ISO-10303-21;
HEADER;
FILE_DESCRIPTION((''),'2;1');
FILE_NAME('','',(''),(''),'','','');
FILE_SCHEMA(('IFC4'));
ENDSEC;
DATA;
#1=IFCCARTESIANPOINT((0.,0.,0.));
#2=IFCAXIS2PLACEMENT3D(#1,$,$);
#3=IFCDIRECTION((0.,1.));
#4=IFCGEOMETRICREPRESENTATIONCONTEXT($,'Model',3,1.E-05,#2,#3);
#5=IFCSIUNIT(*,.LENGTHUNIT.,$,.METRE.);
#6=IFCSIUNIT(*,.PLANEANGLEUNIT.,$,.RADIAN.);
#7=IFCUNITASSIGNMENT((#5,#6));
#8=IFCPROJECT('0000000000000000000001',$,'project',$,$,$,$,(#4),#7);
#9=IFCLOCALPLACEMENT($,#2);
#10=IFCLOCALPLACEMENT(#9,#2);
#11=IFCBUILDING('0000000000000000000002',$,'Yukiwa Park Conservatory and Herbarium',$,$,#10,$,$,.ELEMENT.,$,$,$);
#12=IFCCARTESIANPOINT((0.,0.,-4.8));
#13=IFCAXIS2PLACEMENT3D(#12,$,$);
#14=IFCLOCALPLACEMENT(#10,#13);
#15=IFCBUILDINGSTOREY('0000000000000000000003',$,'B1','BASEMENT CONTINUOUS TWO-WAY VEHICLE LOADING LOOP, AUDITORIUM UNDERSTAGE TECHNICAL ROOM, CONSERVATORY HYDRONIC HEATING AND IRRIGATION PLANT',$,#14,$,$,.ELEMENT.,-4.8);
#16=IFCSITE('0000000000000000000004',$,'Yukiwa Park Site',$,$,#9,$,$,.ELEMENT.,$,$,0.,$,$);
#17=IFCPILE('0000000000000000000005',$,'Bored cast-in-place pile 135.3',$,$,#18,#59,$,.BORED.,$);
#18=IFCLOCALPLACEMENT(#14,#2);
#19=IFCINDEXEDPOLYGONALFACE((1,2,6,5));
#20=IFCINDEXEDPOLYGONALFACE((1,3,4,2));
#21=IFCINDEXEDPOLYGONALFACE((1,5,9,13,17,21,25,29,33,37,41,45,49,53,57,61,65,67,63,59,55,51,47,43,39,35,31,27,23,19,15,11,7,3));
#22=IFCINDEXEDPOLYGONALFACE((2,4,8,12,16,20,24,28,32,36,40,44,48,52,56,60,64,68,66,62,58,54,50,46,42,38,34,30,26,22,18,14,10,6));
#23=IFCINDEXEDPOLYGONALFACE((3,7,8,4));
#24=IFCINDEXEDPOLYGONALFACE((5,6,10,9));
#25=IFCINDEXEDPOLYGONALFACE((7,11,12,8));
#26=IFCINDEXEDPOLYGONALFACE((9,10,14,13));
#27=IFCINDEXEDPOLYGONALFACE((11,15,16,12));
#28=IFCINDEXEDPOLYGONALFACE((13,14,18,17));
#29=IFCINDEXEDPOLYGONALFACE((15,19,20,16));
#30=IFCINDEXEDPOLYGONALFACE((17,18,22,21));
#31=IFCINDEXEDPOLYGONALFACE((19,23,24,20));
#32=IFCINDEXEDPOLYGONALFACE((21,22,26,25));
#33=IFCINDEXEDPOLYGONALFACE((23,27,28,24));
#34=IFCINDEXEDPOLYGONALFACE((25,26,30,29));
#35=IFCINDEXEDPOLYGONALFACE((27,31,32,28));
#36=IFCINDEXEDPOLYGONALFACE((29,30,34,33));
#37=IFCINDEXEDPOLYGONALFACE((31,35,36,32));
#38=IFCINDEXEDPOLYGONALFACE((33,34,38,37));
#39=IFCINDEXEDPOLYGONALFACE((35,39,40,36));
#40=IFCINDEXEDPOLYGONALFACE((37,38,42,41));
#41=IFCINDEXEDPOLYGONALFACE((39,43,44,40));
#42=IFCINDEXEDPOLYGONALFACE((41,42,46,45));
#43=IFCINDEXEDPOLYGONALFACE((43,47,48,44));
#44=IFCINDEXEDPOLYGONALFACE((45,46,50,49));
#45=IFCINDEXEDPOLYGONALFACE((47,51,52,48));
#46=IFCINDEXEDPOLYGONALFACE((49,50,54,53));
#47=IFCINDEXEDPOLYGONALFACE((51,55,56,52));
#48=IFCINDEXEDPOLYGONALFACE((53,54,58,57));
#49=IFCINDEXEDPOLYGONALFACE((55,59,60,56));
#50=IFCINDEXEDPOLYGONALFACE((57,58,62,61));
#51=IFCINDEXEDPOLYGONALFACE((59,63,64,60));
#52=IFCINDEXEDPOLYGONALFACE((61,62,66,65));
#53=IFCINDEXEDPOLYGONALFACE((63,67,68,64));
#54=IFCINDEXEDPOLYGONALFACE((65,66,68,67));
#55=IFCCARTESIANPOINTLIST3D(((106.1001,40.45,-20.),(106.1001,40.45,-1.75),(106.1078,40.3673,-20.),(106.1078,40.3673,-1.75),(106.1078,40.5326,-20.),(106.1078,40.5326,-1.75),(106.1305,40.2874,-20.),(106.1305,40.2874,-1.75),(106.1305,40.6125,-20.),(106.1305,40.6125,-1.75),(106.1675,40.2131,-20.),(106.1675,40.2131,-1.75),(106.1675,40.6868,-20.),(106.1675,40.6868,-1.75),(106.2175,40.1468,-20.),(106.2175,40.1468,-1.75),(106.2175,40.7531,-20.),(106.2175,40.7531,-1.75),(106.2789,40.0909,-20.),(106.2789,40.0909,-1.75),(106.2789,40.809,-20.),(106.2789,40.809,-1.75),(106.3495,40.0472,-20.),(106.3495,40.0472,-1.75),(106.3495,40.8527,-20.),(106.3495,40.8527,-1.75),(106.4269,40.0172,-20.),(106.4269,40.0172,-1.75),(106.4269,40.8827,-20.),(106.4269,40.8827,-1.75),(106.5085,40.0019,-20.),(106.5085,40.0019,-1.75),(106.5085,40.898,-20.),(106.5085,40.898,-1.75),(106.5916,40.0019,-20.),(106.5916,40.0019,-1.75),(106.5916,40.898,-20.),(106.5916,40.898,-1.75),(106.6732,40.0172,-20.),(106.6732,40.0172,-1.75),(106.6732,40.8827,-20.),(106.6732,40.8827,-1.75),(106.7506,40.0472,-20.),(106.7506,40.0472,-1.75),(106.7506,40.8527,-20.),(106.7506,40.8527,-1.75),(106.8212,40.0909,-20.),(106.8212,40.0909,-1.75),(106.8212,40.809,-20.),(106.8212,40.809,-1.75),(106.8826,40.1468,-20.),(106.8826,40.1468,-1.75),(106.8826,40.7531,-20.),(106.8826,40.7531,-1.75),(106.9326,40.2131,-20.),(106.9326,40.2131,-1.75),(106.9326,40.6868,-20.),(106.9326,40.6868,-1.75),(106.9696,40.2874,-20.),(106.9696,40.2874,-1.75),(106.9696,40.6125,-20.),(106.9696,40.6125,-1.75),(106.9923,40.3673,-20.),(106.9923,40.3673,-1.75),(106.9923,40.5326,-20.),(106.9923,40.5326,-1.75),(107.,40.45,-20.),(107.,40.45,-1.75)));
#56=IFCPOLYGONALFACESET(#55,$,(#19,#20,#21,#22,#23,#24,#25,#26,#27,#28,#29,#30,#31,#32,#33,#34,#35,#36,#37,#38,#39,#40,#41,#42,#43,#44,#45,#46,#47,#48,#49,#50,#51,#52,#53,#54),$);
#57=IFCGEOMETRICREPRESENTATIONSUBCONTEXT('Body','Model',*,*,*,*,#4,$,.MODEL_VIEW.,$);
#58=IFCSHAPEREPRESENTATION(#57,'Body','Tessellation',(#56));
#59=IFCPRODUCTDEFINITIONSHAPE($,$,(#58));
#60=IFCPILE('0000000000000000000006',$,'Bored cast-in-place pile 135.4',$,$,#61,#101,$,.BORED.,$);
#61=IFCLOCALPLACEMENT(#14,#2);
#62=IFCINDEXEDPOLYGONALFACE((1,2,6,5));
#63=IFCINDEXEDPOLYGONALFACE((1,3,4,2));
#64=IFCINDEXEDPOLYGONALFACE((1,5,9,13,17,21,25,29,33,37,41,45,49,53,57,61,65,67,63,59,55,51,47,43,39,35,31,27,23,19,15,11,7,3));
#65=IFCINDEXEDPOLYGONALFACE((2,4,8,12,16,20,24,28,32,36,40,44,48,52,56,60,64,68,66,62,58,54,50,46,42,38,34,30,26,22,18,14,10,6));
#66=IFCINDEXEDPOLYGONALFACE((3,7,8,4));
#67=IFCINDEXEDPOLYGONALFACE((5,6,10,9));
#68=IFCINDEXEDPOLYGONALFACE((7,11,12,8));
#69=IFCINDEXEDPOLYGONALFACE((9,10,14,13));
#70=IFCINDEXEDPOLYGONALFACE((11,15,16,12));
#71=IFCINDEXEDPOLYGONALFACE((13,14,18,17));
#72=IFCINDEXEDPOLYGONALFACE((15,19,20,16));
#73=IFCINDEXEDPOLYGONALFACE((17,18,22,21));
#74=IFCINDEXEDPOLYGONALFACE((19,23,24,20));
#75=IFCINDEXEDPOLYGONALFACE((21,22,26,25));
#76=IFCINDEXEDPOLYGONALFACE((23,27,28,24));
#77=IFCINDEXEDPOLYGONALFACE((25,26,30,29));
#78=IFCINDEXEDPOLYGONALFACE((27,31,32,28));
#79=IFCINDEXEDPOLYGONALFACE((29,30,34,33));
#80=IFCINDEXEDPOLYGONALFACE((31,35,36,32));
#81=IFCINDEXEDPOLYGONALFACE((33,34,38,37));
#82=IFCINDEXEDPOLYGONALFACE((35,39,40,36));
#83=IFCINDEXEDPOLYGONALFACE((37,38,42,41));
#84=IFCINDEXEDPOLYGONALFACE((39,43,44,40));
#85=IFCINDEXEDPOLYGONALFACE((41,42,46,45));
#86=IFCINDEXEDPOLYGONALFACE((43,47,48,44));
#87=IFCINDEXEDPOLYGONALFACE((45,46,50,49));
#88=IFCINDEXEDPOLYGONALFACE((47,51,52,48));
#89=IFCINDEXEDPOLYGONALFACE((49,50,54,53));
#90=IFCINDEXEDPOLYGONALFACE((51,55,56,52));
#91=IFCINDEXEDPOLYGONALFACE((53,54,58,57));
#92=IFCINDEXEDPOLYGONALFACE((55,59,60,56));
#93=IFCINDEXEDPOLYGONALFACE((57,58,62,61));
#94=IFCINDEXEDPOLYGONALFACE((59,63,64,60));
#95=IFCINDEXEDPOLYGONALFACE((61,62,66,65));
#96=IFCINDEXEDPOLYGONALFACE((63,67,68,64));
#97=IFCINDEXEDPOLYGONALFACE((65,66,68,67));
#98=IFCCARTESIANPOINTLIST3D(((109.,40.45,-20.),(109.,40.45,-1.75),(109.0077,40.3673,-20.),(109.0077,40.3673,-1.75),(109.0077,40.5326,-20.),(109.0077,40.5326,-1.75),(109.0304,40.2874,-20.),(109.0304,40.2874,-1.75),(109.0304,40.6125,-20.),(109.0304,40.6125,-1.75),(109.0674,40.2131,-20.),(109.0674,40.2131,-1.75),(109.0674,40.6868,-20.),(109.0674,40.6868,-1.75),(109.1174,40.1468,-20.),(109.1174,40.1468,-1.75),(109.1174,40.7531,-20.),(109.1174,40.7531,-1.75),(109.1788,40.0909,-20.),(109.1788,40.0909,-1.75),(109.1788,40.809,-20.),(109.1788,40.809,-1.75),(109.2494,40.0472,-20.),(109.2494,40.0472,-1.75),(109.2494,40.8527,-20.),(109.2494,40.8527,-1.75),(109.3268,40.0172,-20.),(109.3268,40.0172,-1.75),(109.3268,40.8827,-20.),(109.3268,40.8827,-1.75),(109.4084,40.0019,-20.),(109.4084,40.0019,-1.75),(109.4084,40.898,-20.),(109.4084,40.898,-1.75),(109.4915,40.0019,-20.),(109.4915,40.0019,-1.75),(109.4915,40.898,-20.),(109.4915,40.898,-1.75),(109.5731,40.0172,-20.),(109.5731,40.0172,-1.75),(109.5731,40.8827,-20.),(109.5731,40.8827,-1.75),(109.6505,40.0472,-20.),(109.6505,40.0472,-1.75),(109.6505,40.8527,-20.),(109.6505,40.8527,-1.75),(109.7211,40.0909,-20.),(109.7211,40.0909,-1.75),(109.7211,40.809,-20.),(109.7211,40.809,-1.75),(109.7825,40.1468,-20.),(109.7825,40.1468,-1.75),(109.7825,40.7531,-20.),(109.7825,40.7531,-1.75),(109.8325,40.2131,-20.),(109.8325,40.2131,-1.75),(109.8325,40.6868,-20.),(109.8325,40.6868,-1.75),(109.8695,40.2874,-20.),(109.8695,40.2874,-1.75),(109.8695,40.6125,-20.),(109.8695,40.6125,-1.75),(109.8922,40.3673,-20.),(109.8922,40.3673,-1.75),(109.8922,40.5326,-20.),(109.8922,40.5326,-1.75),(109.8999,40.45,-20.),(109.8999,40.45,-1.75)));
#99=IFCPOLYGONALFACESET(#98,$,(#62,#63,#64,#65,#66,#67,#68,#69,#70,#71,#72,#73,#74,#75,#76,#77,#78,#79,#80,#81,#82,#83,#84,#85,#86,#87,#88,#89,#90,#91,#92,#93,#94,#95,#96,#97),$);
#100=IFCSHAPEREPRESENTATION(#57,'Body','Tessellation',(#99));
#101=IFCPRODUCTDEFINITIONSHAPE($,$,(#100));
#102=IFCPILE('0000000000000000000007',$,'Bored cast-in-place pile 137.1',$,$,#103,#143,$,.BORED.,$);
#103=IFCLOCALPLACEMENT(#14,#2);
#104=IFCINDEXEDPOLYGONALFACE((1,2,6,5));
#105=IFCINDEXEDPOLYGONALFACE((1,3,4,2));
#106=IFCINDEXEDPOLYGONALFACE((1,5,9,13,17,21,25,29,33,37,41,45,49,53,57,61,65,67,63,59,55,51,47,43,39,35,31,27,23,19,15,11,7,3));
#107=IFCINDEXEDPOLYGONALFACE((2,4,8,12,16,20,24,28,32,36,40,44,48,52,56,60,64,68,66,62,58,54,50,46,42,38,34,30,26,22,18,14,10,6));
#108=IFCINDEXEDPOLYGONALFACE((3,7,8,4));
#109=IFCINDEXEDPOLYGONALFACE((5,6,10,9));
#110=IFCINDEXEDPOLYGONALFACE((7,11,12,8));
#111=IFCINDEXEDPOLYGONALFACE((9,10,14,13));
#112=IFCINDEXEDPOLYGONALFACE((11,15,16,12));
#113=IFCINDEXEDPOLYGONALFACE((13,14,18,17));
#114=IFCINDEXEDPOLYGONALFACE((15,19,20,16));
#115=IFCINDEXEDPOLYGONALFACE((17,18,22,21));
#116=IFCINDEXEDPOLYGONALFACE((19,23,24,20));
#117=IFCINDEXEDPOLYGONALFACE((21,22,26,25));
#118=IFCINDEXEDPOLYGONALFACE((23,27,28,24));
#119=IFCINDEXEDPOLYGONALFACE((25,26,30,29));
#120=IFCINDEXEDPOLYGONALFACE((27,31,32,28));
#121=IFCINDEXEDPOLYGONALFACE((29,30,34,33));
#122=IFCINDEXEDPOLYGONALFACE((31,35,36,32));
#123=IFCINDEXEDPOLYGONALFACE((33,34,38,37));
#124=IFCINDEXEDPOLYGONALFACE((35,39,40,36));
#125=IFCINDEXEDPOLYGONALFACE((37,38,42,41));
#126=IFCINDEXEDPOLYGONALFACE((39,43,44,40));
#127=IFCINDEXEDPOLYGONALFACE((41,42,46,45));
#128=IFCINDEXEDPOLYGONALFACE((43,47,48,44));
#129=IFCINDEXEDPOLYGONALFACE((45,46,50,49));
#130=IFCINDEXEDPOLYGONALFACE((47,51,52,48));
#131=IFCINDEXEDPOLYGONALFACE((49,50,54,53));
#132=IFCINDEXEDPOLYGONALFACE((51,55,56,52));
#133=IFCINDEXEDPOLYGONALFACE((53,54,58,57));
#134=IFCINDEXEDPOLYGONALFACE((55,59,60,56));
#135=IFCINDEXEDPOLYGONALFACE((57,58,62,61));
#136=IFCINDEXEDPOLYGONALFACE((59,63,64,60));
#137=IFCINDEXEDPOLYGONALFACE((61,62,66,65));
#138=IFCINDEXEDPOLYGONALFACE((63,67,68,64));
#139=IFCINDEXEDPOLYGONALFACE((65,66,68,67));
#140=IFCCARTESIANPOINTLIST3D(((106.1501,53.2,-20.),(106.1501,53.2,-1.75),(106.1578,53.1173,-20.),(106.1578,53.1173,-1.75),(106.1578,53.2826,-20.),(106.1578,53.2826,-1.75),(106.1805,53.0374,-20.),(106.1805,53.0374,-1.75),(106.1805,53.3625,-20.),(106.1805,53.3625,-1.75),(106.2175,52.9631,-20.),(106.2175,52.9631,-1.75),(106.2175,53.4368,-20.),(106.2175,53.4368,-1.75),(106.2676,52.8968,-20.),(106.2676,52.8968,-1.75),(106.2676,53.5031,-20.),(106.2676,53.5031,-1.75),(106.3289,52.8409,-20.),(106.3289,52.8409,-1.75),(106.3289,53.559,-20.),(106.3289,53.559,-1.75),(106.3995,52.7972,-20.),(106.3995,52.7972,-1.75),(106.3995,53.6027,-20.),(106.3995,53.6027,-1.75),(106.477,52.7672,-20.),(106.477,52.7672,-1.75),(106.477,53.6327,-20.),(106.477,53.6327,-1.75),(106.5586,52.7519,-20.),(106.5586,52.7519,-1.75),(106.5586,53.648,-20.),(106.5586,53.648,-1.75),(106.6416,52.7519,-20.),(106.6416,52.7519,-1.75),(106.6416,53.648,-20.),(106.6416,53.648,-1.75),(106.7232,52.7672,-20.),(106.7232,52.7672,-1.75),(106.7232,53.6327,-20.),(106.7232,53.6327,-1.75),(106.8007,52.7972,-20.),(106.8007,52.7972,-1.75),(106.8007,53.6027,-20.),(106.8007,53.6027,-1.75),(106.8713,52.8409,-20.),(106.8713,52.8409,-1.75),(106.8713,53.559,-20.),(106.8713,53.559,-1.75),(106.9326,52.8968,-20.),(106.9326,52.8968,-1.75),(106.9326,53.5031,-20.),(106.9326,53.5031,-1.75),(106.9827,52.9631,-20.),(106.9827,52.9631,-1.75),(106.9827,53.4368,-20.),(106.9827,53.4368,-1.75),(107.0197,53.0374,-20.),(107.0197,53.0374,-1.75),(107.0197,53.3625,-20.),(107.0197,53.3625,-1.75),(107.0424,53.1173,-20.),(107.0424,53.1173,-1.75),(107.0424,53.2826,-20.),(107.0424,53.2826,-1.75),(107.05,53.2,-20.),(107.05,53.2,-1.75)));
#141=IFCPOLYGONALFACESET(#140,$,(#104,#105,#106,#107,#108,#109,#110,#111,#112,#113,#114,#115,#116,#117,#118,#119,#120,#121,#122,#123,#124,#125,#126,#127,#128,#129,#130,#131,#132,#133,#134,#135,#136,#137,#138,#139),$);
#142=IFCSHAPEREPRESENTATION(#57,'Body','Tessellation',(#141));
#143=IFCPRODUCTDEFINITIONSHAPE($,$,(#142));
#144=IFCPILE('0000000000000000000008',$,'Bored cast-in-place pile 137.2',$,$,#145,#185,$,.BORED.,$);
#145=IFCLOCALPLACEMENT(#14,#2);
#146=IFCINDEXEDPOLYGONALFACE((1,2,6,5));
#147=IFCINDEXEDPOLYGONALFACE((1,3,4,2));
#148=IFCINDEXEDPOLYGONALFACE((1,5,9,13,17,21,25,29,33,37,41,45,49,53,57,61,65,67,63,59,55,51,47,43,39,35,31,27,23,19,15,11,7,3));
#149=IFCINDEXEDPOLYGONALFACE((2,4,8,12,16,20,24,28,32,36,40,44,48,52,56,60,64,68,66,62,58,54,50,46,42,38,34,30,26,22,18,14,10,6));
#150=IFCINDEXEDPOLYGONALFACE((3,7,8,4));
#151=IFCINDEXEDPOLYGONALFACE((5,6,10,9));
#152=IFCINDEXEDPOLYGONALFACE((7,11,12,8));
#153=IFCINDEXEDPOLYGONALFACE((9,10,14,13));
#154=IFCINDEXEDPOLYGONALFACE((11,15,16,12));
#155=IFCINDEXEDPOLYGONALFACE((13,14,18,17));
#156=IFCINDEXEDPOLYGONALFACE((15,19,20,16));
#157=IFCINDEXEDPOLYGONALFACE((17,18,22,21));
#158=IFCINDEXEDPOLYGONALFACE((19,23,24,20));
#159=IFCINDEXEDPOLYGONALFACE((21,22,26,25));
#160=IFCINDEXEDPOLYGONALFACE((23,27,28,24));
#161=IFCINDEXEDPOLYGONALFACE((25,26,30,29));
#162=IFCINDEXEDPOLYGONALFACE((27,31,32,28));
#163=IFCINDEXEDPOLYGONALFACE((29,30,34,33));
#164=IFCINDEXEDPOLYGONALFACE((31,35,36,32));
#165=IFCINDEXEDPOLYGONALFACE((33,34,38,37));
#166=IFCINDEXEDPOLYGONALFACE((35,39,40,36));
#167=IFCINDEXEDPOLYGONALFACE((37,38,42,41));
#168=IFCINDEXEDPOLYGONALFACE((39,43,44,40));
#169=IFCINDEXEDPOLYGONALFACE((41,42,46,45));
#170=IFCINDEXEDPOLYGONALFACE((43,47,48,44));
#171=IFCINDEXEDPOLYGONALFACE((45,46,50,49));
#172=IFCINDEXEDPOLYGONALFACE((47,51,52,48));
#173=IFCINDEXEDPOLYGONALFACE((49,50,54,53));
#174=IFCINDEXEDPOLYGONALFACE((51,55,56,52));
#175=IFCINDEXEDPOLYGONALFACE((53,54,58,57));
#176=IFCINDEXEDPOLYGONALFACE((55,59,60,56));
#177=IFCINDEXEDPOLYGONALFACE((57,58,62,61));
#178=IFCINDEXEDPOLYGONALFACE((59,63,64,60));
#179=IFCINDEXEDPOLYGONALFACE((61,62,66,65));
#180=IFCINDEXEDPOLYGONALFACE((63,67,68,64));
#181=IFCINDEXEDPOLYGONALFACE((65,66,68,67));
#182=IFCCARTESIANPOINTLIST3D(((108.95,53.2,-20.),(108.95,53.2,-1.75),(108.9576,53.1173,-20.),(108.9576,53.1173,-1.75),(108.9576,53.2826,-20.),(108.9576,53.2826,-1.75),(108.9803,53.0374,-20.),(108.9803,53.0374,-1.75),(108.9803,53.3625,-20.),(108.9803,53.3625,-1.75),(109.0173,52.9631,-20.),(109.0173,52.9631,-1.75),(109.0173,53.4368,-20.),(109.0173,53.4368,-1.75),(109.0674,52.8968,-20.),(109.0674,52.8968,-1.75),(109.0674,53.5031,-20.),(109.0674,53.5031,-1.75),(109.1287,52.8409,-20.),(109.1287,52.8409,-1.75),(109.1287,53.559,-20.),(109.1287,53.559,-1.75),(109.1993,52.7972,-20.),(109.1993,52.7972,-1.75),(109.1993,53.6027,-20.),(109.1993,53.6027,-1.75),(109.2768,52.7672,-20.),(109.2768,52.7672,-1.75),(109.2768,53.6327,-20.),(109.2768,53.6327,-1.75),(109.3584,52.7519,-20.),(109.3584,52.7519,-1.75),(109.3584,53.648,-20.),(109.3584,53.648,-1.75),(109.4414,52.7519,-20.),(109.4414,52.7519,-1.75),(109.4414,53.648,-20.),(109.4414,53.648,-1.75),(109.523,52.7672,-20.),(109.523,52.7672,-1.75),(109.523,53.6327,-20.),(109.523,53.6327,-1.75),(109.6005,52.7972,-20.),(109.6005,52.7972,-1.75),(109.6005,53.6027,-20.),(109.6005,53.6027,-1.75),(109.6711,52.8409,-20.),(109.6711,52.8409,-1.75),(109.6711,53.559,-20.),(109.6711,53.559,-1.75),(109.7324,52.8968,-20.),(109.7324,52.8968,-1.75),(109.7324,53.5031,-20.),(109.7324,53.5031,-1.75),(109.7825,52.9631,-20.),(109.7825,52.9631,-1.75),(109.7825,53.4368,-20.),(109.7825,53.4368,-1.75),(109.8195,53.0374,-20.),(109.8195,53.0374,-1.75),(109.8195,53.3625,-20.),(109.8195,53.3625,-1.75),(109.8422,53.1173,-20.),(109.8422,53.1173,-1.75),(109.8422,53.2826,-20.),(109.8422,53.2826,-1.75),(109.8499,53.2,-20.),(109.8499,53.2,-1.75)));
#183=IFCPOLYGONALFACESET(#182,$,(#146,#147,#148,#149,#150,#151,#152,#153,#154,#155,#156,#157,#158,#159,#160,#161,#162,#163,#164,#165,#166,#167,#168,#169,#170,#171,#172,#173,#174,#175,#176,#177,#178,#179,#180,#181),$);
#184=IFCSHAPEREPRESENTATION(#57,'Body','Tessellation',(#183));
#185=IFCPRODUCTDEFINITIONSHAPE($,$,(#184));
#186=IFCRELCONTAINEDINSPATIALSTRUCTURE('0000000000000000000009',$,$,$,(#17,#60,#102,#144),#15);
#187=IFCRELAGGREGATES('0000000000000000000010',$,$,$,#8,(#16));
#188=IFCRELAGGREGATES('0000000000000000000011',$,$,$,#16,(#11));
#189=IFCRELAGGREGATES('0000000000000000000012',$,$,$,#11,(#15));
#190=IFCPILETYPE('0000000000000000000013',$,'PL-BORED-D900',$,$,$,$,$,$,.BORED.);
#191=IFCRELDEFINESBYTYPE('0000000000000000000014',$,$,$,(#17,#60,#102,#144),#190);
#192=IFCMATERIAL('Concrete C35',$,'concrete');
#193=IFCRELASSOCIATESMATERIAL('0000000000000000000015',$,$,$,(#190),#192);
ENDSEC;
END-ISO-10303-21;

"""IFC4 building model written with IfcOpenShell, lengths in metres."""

from ifc_helpers import new_model, si_unit, direction, frame, origin, origin_2d, place, context, subcontext, project, spatial, circle, extrude, material, material_profile, profile_set, type_object, element, save


model = new_model("IFC4")

# Units and contexts
model_context = context("Model", 3, precision=1e-05, world=origin(), true_north=direction((0.0, 1.0)))
body_context = subcontext(model_context, "Body", "Model", "MODEL_VIEW")
ifc_project = project(units=[si_unit("LENGTHUNIT", "METRE"), si_unit("PLANEANGLEUNIT", "RADIAN")], contexts=[model_context])

# Site, building, storey
site_placement = place(None, origin())
site = spatial("IfcSite", under=ifc_project, at=site_placement, Name="Yukiwa Park Site", CompositionType="ELEMENT", RefElevation=0.0)
building_placement = place(site_placement, origin())
building = spatial("IfcBuilding", under=site, at=building_placement, Name="Yukiwa Park Conservatory and Herbarium", CompositionType="ELEMENT")
storey_placement = place(building_placement, frame((0.0, 0.0, -4.8)))
storey = spatial("IfcBuildingStorey", under=building, at=storey_placement, Name="B1", Description="BASEMENT CONTINUOUS TWO-WAY VEHICLE LOADING LOOP, AUDITORIUM UNDERSTAGE TECHNICAL ROOM, CONSERVATORY HYDRONIC HEATING AND IRRIGATION PLANT", CompositionType="ELEMENT", Elevation=-4.8)

# Piles
ifc_material_1 = material(Name="Concrete C35", Category="concrete")
ifc_material_profile_1 = material_profile(ifc_material_1, circle(Radius=0.45, at=origin_2d()), Name="PILE D900")
ifc_profile_set_1 = profile_set([ifc_material_profile_1], Name="Concrete C35")
pile_type_1 = type_object("IfcPileType", Name="PL-BORED-D900", PredefinedType="BORED", material=ifc_profile_set_1)
for number, where, z_axis, x_axis, name in (
    (1, (106.55, 40.45, -1.75), (0.0, 0.0, -1.0), (1.0, 0.0, 0.0), "Bored cast-in-place pile 135.3"),
    (2, (109.45, 40.45, -1.75), (0.0, 0.0, -1.0), (1.0, 0.0, 0.0), "Bored cast-in-place pile 135.4"),
    (3, (106.6001, 53.2, -1.75), (0.0, 0.0, -1.0), (1.0, 0.0, 0.0), "Bored cast-in-place pile 137.1"),
    (4, (109.3999, 53.2, -1.75), (0.0, 0.0, -1.0), (1.0, 0.0, 0.0), "Bored cast-in-place pile 137.2"),
):
    element("IfcPile", number, at=place(storey_placement, frame(where, z_axis=z_axis, x_axis=x_axis)), inside=storey, type_object=pile_type_1, Name=name, PredefinedType="BORED", context=body_context, shape_type="SweptSolid", body=[
        extrude(circle(Radius=0.45, at=origin_2d()), origin(), (0.0, 0.0, 1.0), 18.25),
    ])

save(model, "model.ifc")
